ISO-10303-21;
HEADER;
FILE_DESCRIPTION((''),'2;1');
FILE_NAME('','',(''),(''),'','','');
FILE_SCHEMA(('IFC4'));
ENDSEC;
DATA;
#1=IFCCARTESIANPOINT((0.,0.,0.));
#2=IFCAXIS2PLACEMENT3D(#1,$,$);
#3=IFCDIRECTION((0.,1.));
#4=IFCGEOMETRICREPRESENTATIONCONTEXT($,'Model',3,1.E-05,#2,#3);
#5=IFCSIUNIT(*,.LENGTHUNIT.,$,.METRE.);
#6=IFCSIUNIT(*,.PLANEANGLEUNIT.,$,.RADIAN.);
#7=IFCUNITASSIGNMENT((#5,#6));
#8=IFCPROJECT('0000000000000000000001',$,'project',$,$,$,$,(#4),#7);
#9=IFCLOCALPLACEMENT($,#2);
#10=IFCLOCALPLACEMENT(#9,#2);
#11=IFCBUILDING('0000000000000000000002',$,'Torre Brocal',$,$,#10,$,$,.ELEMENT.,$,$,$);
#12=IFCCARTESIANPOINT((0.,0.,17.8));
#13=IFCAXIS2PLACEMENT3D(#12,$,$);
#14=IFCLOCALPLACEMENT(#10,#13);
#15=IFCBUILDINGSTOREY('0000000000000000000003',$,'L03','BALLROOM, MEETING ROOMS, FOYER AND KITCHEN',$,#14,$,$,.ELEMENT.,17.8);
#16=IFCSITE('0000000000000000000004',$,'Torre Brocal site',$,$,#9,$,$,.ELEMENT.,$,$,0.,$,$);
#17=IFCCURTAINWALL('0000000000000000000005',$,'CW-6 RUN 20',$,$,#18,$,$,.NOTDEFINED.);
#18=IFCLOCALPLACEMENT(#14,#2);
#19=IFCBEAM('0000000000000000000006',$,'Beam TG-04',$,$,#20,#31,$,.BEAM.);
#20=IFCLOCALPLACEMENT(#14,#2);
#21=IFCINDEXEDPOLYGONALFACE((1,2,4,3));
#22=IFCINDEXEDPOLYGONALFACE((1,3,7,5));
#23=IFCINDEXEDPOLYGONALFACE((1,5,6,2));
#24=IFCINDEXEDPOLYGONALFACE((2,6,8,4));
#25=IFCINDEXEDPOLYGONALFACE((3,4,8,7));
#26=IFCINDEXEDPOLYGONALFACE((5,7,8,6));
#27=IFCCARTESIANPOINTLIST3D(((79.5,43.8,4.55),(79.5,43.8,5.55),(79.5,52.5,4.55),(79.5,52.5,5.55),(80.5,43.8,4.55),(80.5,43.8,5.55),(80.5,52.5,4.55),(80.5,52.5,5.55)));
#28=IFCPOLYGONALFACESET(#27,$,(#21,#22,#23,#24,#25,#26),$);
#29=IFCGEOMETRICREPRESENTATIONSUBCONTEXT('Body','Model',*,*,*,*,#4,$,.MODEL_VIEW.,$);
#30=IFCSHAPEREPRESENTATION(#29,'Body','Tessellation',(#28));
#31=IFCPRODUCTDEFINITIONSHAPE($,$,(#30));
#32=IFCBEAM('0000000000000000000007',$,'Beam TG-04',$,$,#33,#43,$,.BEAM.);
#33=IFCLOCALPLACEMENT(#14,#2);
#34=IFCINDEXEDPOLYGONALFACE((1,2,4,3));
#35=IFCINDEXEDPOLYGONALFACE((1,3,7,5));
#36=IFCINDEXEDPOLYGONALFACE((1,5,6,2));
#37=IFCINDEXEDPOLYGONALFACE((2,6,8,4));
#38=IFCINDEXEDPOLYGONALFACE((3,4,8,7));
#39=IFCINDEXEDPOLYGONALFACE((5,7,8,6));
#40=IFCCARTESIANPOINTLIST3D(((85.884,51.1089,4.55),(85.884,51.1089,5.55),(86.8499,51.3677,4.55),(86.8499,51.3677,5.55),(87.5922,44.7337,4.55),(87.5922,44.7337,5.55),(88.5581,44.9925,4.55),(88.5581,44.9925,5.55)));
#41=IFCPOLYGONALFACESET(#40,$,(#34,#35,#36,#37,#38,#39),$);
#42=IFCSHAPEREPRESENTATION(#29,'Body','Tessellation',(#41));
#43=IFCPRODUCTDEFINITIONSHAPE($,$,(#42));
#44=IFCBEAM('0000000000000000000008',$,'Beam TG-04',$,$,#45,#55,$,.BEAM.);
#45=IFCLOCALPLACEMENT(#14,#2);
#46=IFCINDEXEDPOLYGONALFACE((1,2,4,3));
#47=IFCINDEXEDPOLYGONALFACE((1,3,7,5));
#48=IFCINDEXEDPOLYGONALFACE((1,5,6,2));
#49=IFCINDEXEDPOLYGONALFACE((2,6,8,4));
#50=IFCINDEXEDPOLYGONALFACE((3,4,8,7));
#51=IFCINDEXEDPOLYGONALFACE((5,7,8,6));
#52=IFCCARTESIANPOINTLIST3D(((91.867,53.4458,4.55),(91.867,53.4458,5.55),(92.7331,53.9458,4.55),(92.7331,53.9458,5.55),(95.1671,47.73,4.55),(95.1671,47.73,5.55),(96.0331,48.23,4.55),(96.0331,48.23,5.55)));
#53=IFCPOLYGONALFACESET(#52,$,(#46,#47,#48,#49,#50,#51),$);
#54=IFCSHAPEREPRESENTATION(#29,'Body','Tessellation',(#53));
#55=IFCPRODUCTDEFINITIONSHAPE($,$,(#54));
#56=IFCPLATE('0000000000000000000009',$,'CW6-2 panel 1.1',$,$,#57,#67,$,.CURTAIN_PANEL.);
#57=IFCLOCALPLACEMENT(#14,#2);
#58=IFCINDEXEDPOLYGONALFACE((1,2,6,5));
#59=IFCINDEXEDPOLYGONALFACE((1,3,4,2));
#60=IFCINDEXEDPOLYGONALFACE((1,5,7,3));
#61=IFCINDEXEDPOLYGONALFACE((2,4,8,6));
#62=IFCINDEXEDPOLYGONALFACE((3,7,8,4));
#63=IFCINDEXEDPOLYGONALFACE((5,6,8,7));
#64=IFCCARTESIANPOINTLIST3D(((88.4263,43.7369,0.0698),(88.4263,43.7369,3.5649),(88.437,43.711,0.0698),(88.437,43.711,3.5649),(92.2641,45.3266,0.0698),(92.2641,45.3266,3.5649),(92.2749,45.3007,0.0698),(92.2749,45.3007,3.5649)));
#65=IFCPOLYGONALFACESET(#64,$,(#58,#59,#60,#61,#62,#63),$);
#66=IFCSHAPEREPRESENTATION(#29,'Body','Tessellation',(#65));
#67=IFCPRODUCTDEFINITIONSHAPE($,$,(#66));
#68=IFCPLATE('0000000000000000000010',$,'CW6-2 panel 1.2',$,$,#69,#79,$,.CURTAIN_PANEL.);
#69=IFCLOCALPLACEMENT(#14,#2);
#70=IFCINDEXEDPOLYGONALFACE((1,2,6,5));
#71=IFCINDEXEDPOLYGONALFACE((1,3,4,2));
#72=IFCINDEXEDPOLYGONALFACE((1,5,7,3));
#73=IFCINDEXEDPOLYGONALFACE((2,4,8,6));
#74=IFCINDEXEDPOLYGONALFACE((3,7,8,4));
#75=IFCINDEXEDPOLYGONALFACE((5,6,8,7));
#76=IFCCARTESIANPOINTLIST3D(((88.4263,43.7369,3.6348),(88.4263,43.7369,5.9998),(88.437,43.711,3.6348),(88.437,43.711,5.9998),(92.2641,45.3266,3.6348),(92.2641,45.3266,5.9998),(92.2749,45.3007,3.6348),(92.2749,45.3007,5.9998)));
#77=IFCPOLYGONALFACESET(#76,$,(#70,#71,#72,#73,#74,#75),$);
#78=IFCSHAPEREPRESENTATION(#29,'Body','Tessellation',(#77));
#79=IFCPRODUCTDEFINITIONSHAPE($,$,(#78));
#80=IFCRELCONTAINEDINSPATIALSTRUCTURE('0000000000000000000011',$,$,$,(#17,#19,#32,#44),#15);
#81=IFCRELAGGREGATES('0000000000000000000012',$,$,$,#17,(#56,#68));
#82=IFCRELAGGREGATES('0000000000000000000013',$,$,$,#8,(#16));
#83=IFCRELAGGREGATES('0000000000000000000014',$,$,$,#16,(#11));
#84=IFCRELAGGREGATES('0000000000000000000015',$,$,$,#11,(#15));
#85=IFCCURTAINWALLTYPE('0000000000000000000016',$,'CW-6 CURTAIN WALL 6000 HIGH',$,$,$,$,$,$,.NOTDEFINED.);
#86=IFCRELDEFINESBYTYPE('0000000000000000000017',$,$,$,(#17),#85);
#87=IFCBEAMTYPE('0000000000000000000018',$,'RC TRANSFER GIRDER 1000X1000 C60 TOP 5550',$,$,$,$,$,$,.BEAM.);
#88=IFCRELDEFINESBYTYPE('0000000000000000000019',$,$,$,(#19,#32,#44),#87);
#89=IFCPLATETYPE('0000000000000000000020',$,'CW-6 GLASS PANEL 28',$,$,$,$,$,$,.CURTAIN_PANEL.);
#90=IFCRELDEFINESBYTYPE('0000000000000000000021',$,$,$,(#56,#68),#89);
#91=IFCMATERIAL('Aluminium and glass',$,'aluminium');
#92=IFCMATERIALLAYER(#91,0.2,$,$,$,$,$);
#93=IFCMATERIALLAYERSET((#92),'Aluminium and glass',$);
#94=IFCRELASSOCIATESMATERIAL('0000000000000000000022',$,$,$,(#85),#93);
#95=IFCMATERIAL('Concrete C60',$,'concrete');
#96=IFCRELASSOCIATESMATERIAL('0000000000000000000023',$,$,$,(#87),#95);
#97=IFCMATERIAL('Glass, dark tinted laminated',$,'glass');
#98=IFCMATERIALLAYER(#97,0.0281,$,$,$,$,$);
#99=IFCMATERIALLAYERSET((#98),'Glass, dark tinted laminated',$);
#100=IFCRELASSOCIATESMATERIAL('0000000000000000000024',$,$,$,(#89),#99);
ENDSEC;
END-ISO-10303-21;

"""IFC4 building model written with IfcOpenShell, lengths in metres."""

from ifc_helpers import new_model, si_unit, direction, frame, origin, origin_2d, place, context, subcontext, project, spatial, rectangle, extrude, material, layer, layer_set, material_profile, profile_set, type_object, element, aggregate, save


model = new_model("IFC4")

# Units and contexts
model_context = context("Model", 3, precision=1e-05, world=origin(), true_north=direction((0.0, 1.0)))
body_context = subcontext(model_context, "Body", "Model", "MODEL_VIEW")
ifc_project = project(units=[si_unit("LENGTHUNIT", "METRE"), si_unit("PLANEANGLEUNIT", "RADIAN")], contexts=[model_context])

# Site, building, storey
site_placement = place(None, origin())
site = spatial("IfcSite", under=ifc_project, at=site_placement, Name="Torre Brocal site", CompositionType="ELEMENT", RefElevation=0.0)
building_placement = place(site_placement, origin())
building = spatial("IfcBuilding", under=site, at=building_placement, Name="Torre Brocal", CompositionType="ELEMENT")
storey_placement = place(building_placement, frame((0.0, 0.0, 17.8)))
storey = spatial("IfcBuildingStorey", under=building, at=storey_placement, Name="L03", Description="BALLROOM, MEETING ROOMS, FOYER AND KITCHEN", CompositionType="ELEMENT", Elevation=17.8)

# Curtain wall
ifc_material_1 = material(Name="Aluminium and glass", Category="aluminium")
ifc_layer_1 = layer(ifc_material_1, 0.2)
ifc_layer_set_1 = layer_set([ifc_layer_1], Name="Aluminium and glass")
curtain_wall_type = type_object("IfcCurtainWallType", Name="CW-6 CURTAIN WALL 6000 HIGH", PredefinedType="NOTDEFINED", material=ifc_layer_set_1)
curtain_wall_placement = place(storey_placement, origin())
curtain_wall = element("IfcCurtainWall", 1, at=curtain_wall_placement, inside=storey, type_object=curtain_wall_type, Name="CW-6 RUN 20", PredefinedType="NOTDEFINED")

# Beams
ifc_material_2 = material(Name="Concrete C60", Category="concrete")
ifc_material_profile_1 = material_profile(ifc_material_2, rectangle(XDim=1.0, YDim=1.0, at=origin_2d()), Name="RC 1000X1000")
ifc_profile_set_1 = profile_set([ifc_material_profile_1], Name="Concrete C60")
beam_type_1 = type_object("IfcBeamType", Name="RC TRANSFER GIRDER 1000X1000 C60 TOP 5550", PredefinedType="BEAM", material=ifc_profile_set_1)
beam_1_placement = place(storey_placement, frame((80.0, 52.5, 5.05), z_axis=(0.0, -1.0, 0.0), x_axis=(1.0, 0.0, 0.0)))
element("IfcBeam", 2, at=beam_1_placement, inside=storey, type_object=beam_type_1, Name="Beam TG-04", PredefinedType="BEAM", context=body_context, shape_type="SweptSolid", body=[
    extrude(rectangle(XDim=1.0, YDim=1.0, at=origin_2d()), origin(), (0.0, 0.0, 1.0), 8.7),
])
for number, where, z_axis, x_axis, name in (
    (3, (86.3669, 51.2383, 5.05), (0.258821, -0.965925, 0.0), (0.965925, 0.258821, 0.0), "Beam TG-04"),
    (4, (92.3, 53.6958, 5.05), (0.500002, -0.866024, 0.0), (0.866024, 0.500002, 0.0), "Beam TG-04"),
):
    element("IfcBeam", number, at=place(storey_placement, frame(where, z_axis=z_axis, x_axis=x_axis)), inside=storey, type_object=beam_type_1, Name=name, PredefinedType="BEAM", context=body_context, shape_type="SweptSolid", body=[
        extrude(rectangle(XDim=1.0, YDim=1.0, at=origin_2d()), origin(), (0.0, 0.0, 1.0), 6.6001),
    ])

# Plates
ifc_material_3 = material(Name="Glass, dark tinted laminated", Category="glass")
ifc_layer_2 = layer(ifc_material_3, 0.0281)
ifc_layer_set_2 = layer_set([ifc_layer_2], Name="Glass, dark tinted laminated")
plate_type = type_object("IfcPlateType", Name="CW-6 GLASS PANEL 28", PredefinedType="CURTAIN_PANEL", material=ifc_layer_set_2)
plate_1_placement = place(storey_placement, frame((90.3506, 44.5188, 0.0698), z_axis=(0.0, 0.0, 1.0), x_axis=(0.92388, 0.382683, 0.0)))
plate_1 = element("IfcPlate", 5, at=plate_1_placement, type_object=plate_type, Name="CW6-2 panel 1.1", PredefinedType="CURTAIN_PANEL", context=body_context, shape_type="SweptSolid", body=[
    extrude(rectangle(XDim=4.1541, YDim=0.0281, at=origin_2d()), origin(), (0.0, 0.0, 1.0), 3.4951),
])
plate_2_placement = place(storey_placement, frame((90.3506, 44.5188, 3.6348), z_axis=(0.0, 0.0, 1.0), x_axis=(0.92388, 0.382683, 0.0)))
plate_2 = element("IfcPlate", 6, at=plate_2_placement, type_object=plate_type, Name="CW6-2 panel 1.2", PredefinedType="CURTAIN_PANEL", context=body_context, shape_type="SweptSolid", body=[
    extrude(rectangle(XDim=4.1541, YDim=0.0281, at=origin_2d()), origin(), (0.0, 0.0, 1.0), 2.365),
])
aggregate(curtain_wall, [plate_1, plate_2])

save(model, "model.ifc")
